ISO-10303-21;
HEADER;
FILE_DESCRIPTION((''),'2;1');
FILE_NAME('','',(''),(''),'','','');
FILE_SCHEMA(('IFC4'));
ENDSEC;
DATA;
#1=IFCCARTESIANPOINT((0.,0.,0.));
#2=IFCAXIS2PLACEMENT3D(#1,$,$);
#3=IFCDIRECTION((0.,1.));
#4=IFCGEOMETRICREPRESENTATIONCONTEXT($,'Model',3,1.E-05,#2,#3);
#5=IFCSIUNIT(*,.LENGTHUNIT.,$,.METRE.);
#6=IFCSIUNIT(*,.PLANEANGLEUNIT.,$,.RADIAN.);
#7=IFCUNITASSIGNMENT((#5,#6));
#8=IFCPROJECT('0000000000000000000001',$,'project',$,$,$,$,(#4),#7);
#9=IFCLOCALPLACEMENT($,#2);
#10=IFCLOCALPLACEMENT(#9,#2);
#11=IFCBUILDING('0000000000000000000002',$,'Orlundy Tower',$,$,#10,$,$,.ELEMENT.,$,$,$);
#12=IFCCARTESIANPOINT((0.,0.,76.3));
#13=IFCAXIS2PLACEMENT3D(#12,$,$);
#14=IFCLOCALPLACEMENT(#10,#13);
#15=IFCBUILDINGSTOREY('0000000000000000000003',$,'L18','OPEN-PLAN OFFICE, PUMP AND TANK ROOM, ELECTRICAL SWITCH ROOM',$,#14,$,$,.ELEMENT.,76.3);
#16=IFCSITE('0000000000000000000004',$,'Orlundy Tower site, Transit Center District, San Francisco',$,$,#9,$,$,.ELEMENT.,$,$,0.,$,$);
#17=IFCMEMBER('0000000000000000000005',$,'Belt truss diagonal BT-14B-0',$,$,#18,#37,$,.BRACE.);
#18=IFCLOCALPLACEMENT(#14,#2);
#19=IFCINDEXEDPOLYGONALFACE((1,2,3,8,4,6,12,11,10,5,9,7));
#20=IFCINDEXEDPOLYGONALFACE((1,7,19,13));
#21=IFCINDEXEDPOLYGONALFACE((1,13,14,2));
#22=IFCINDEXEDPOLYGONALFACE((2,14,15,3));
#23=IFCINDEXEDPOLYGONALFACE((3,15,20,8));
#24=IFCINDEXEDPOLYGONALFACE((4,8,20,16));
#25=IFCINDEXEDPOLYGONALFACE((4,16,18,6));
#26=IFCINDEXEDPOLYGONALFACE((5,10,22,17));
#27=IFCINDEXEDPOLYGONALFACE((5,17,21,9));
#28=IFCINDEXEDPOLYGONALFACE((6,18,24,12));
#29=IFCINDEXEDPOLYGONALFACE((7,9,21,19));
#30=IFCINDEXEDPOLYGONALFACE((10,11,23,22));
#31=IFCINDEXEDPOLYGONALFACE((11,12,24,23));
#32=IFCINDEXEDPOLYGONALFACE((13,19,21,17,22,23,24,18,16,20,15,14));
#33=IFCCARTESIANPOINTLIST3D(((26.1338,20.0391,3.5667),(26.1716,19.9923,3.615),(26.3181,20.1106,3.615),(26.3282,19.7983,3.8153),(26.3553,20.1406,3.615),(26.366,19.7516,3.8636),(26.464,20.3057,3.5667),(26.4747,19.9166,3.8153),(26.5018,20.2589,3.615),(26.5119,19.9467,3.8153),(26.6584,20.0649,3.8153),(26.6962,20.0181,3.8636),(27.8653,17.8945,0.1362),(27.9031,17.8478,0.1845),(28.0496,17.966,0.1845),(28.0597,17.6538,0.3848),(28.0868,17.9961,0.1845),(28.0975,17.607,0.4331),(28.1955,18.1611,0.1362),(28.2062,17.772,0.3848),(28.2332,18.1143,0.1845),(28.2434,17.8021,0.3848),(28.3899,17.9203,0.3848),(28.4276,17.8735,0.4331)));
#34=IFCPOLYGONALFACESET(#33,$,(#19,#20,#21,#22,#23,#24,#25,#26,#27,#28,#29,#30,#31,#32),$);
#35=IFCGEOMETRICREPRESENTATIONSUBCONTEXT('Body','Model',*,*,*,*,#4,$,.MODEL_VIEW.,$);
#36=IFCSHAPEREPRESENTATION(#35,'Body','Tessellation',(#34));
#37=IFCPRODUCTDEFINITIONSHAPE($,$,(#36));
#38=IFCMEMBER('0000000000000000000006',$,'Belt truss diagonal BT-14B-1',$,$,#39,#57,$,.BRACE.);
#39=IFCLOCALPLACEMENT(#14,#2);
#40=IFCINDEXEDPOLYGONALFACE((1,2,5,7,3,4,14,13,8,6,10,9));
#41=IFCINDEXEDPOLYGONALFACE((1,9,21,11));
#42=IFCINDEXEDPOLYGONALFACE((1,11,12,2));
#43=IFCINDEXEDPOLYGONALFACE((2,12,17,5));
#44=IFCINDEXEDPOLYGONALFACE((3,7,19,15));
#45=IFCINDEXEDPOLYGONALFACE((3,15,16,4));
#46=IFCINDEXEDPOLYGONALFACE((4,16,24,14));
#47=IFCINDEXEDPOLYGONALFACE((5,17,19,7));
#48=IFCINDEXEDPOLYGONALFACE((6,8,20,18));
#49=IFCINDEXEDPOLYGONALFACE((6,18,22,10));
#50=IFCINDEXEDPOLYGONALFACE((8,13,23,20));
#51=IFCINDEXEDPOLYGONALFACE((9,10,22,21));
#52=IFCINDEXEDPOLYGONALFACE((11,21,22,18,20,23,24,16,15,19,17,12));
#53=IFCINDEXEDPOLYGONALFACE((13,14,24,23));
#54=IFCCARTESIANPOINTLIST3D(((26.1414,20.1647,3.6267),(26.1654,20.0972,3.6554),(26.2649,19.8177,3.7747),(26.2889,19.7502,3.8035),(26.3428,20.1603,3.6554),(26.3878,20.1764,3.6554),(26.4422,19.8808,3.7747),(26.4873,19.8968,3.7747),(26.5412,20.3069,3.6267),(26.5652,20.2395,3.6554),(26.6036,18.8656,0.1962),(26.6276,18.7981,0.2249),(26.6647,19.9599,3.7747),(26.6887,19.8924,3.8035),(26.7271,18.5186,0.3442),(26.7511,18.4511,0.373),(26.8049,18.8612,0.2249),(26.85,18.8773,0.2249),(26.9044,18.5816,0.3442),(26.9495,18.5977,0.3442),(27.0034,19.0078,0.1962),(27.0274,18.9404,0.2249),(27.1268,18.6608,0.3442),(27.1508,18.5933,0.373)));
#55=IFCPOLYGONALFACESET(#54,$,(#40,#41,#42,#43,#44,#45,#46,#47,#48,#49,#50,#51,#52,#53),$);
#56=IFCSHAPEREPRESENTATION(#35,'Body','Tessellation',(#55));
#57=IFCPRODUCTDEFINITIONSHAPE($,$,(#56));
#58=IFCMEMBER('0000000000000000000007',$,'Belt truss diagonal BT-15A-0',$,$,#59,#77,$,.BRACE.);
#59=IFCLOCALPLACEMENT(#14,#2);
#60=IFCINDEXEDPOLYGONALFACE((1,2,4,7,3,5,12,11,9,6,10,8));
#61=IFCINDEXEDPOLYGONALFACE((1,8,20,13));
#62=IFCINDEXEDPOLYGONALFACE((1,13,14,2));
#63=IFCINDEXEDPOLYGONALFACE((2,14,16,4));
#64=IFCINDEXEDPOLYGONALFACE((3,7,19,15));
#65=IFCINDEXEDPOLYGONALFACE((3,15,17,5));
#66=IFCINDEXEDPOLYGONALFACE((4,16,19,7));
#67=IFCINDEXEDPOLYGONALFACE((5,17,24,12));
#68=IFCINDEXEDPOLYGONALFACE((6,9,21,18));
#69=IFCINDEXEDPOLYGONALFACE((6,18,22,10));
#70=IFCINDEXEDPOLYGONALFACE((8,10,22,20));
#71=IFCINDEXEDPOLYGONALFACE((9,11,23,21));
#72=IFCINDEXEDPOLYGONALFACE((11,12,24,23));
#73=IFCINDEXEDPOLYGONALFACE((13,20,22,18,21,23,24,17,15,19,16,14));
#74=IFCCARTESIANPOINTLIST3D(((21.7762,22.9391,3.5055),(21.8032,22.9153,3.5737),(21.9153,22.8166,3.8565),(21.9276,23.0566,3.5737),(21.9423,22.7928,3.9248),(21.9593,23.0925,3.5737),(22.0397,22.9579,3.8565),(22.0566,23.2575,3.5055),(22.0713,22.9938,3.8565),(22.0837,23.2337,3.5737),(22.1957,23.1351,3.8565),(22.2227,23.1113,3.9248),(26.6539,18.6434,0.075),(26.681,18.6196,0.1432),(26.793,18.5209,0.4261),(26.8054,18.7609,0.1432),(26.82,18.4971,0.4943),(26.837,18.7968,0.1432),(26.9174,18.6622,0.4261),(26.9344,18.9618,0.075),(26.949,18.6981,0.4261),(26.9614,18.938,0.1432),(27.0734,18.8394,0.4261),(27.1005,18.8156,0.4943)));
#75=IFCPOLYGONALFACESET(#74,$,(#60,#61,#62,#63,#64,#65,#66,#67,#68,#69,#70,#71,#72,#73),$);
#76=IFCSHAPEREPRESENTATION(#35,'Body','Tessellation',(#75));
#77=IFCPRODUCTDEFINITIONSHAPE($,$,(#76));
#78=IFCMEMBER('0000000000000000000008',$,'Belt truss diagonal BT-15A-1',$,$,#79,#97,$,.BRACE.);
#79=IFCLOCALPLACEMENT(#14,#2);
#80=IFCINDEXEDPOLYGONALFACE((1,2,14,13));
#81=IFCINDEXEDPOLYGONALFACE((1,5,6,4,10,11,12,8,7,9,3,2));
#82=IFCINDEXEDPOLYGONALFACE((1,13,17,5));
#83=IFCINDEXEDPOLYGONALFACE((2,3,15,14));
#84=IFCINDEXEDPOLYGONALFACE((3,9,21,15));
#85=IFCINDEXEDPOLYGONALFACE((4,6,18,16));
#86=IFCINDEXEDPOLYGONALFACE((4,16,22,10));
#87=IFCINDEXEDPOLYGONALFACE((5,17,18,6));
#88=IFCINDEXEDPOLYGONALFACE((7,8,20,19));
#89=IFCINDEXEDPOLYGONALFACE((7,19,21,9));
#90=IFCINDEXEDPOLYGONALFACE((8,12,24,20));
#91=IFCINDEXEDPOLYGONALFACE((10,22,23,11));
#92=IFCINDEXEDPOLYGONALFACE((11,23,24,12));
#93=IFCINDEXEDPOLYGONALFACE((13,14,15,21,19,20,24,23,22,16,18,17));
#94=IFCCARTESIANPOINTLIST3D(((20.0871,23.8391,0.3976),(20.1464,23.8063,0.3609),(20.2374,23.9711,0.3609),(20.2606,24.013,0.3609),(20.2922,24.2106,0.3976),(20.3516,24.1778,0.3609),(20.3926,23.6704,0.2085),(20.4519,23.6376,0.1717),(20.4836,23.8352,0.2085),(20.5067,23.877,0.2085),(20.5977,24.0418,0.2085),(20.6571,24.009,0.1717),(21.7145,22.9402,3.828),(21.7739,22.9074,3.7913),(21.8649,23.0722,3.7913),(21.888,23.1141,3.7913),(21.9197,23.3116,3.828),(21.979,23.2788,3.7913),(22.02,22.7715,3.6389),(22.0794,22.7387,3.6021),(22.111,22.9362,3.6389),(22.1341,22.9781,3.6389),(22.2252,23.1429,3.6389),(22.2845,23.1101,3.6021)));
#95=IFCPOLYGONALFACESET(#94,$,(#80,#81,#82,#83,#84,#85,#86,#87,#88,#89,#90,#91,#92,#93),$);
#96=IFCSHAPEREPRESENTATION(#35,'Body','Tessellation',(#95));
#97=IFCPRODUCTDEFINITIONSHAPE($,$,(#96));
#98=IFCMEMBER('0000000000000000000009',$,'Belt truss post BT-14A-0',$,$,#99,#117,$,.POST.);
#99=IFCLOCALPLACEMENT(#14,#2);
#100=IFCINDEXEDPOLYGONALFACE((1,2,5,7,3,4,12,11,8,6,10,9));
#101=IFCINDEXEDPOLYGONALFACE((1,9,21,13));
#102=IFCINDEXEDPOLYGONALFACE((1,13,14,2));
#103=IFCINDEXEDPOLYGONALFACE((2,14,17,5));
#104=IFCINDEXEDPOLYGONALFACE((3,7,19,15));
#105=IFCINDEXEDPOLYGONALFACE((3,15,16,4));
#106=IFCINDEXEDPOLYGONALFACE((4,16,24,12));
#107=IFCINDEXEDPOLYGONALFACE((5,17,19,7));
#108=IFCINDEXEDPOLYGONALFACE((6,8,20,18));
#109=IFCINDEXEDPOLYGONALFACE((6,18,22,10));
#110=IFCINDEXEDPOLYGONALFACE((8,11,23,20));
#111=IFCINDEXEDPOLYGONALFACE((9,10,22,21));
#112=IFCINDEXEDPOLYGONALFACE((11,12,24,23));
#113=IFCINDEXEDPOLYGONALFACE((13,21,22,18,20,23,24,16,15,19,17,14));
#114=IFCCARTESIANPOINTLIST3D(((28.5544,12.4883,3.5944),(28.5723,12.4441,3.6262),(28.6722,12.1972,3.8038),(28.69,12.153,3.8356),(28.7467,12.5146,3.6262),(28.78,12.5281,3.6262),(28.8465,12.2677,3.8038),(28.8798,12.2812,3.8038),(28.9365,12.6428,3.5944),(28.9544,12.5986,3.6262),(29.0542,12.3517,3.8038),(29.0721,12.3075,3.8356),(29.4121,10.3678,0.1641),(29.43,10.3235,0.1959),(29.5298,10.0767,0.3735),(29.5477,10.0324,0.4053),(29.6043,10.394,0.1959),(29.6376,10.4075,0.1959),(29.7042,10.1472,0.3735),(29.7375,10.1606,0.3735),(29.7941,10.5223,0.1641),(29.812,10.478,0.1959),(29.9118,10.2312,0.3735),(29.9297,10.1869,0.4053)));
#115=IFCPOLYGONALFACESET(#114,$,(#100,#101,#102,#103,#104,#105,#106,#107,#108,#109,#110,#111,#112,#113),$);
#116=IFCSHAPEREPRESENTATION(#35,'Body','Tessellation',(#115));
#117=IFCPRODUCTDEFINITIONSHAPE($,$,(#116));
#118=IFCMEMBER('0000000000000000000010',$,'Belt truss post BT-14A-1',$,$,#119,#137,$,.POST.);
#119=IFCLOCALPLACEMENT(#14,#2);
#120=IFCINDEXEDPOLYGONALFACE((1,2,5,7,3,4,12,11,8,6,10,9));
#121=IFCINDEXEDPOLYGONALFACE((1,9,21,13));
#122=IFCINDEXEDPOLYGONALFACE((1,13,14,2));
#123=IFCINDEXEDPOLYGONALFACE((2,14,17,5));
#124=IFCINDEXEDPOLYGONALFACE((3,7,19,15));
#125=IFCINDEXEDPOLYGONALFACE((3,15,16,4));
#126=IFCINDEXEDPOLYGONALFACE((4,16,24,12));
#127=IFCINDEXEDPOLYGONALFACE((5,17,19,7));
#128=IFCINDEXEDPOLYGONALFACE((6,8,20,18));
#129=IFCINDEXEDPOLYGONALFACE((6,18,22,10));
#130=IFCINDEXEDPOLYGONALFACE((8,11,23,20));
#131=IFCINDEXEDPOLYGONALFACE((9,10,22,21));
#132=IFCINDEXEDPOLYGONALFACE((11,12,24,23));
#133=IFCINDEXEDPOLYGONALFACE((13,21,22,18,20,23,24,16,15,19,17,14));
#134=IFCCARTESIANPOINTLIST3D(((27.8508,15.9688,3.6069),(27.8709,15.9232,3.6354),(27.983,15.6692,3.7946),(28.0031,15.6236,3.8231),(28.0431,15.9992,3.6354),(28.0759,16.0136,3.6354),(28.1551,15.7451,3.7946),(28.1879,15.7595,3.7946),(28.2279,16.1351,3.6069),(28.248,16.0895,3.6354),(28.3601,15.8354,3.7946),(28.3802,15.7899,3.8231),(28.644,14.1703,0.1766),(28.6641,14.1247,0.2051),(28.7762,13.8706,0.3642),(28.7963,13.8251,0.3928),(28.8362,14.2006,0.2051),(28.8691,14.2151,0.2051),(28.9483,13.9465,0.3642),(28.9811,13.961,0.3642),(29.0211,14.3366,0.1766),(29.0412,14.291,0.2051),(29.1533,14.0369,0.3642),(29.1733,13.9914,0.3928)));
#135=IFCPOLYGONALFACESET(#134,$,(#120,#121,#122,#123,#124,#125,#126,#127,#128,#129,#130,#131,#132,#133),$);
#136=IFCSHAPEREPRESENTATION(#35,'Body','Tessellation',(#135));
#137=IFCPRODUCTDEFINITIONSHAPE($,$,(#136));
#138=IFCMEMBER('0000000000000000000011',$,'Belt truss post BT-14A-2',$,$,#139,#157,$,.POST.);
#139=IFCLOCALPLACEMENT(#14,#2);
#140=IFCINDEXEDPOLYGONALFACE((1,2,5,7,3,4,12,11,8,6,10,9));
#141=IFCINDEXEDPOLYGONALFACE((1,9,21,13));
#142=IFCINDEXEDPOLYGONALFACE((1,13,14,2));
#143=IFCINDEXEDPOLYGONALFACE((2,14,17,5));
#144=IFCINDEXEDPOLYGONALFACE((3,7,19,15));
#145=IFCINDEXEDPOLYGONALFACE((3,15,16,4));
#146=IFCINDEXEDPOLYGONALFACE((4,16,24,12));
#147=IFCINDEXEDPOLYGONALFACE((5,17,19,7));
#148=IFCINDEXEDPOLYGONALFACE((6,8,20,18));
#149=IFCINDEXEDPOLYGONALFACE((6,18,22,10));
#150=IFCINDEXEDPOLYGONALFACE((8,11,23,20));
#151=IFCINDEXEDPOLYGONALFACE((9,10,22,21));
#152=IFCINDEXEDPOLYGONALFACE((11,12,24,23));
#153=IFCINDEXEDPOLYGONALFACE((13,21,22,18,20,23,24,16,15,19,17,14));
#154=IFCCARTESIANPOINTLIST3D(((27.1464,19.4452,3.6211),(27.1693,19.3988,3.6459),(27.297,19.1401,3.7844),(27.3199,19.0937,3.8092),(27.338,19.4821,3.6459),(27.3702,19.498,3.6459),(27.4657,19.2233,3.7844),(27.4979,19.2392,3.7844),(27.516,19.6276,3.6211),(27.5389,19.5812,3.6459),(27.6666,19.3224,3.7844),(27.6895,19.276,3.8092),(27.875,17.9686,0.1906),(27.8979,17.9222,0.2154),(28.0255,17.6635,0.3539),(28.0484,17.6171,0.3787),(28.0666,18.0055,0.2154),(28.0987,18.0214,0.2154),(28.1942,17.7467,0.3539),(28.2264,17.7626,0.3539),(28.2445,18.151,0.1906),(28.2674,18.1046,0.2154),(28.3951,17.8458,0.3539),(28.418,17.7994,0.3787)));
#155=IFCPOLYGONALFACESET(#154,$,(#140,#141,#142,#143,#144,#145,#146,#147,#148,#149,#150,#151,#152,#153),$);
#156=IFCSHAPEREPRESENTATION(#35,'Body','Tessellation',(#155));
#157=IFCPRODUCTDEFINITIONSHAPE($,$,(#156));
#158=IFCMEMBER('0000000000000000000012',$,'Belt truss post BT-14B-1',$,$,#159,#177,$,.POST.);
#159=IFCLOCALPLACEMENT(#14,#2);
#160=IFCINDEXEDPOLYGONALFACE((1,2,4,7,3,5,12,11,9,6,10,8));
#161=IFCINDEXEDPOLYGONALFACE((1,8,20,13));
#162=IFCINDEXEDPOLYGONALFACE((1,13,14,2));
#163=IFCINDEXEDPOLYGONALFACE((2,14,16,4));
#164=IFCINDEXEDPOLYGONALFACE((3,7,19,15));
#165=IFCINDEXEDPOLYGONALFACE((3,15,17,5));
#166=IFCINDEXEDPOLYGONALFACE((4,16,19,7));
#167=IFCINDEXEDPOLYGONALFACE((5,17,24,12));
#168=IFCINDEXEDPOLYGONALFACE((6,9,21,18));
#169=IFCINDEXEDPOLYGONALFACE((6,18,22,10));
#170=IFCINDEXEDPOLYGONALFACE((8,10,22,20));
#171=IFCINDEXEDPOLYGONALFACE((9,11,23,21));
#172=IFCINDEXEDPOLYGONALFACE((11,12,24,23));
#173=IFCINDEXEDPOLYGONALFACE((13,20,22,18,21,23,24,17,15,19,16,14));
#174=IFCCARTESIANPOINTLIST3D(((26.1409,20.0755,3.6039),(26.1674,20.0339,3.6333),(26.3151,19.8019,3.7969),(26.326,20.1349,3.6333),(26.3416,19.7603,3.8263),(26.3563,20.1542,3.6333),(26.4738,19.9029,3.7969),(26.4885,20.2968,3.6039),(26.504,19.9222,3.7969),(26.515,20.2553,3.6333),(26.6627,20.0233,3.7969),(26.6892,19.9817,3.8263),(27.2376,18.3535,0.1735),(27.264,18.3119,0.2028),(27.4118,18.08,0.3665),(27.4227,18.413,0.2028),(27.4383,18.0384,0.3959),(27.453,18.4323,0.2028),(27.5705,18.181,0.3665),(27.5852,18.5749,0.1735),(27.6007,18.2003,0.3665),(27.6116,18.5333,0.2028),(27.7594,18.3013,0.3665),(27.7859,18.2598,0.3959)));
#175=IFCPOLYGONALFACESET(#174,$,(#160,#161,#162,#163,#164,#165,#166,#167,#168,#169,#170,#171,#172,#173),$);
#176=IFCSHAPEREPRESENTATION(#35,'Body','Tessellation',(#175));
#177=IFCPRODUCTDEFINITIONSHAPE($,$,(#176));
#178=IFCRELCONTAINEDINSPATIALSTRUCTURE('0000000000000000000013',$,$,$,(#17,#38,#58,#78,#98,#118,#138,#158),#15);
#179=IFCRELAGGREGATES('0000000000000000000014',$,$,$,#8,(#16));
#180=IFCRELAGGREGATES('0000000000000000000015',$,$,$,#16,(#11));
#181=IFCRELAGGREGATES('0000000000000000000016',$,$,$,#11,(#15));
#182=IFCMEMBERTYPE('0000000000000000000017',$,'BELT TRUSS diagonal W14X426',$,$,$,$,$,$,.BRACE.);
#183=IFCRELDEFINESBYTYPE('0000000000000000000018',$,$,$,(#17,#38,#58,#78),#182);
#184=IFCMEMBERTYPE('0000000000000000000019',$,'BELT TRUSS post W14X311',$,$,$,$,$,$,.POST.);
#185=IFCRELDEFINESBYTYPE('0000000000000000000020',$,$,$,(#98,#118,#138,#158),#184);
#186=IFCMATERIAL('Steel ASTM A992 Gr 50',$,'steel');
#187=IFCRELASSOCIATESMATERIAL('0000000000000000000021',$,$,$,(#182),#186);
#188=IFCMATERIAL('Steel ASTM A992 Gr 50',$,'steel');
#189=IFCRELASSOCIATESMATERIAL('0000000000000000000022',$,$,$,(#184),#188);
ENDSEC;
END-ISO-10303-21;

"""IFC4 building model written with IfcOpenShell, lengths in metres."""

from ifc_helpers import new_model, si_unit, direction, frame, origin, origin_2d, place, context, subcontext, project, spatial, i_section, extrude, material, material_profile, profile_set, type_object, element, save


model = new_model("IFC4")

# Units and contexts
model_context = context("Model", 3, precision=1e-05, world=origin(), true_north=direction((0.0, 1.0)))
body_context = subcontext(model_context, "Body", "Model", "MODEL_VIEW")
ifc_project = project(units=[si_unit("LENGTHUNIT", "METRE"), si_unit("PLANEANGLEUNIT", "RADIAN")], contexts=[model_context])

# Site, building, storey
site_placement = place(None, origin())
site = spatial("IfcSite", under=ifc_project, at=site_placement, Name="Orlundy Tower site, Transit Center District, San Francisco", CompositionType="ELEMENT", RefElevation=0.0)
building_placement = place(site_placement, origin())
building = spatial("IfcBuilding", under=site, at=building_placement, Name="Orlundy Tower", CompositionType="ELEMENT")
storey_placement = place(building_placement, frame((0.0, 0.0, 76.3)))
storey = spatial("IfcBuildingStorey", under=building, at=storey_placement, Name="L18", Description="OPEN-PLAN OFFICE, PUMP AND TANK ROOM, ELECTRICAL SWITCH ROOM", CompositionType="ELEMENT", Elevation=76.3)

# Members
ifc_material_1 = material(Name="Steel ASTM A992 Gr 50", Category="steel")
ifc_material_profile_1 = material_profile(ifc_material_1, i_section(OverallWidth=0.4243, OverallDepth=0.4741, WebThickness=0.0479, FlangeThickness=0.0771, at=origin_2d()), Name="W14X426")
ifc_profile_set_1 = profile_set([ifc_material_profile_1], Name="Steel ASTM A992 Gr 50")
member_type_1 = type_object("IfcMemberType", Name="BELT TRUSS diagonal W14X426", PredefinedType="BRACE", material=ifc_profile_set_1)
member_1_placement = place(storey_placement, frame((28.1465, 17.884, 0.2847), z_axis=(-0.393463, 0.487334, 0.779546), x_axis=(-0.778061, -0.628189, 0.0)))
element("IfcMember", 1, at=member_1_placement, inside=storey, type_object=member_type_1, Name="Belt truss diagonal BT-14B-0", PredefinedType="BRACE", context=body_context, shape_type="SweptSolid", body=[
    extrude(i_section(OverallWidth=0.4243, OverallDepth=0.4741, WebThickness=0.0479, FlangeThickness=0.0771, at=origin_2d()), origin(), (0.0, 0.0, 1.0), 4.4006),
])
member_2_placement = place(storey_placement, frame((26.415, 20.0286, 3.7151), z_axis=(0.125004, -0.351371, -0.927854), x_axis=(0.942154, 0.335181, 0.0)))
element("IfcMember", 2, at=member_2_placement, inside=storey, type_object=member_type_1, Name="Belt truss diagonal BT-14B-1", PredefinedType="BRACE", context=body_context, shape_type="SweptSolid", body=[
    extrude(i_section(OverallWidth=0.4243, OverallDepth=0.4741, WebThickness=0.0479, FlangeThickness=0.0771, at=origin_2d()), origin(), (0.0, 0.0, 1.0), 3.6973),
])
member_3_placement = place(storey_placement, frame((26.8772, 18.7295, 0.2847), z_axis=(-0.663694, 0.584498, 0.466768), x_axis=(-0.660913, -0.750462, 0.0)))
element("IfcMember", 3, at=member_3_placement, inside=storey, type_object=member_type_1, Name="Belt truss diagonal BT-15A-0", PredefinedType="BRACE", context=body_context, shape_type="SweptSolid", body=[
    extrude(i_section(OverallWidth=0.4243, OverallDepth=0.4741, WebThickness=0.0479, FlangeThickness=0.0771, at=origin_2d()), origin(), (0.0, 0.0, 1.0), 7.3494),
])
member_4_placement = place(storey_placement, frame((21.9995, 23.0251, 3.7151), z_axis=(-0.417095, 0.230385, -0.879178), x_axis=(-0.483501, -0.875344, 0.0)))
element("IfcMember", 4, at=member_4_placement, inside=storey, type_object=member_type_1, Name="Belt truss diagonal BT-15A-1", PredefinedType="BRACE", context=body_context, shape_type="SweptSolid", body=[
    extrude(i_section(OverallWidth=0.4243, OverallDepth=0.4741, WebThickness=0.0479, FlangeThickness=0.0771, at=origin_2d()), origin(), (0.0, 0.0, 1.0), 3.9019),
])
ifc_material_2 = material(Name="Steel ASTM A992 Gr 50", Category="steel")
ifc_material_profile_2 = material_profile(ifc_material_2, i_section(OverallWidth=0.4121, OverallDepth=0.4348, WebThickness=0.0359, FlangeThickness=0.0574, at=origin_2d()), Name="W14X311")
ifc_profile_set_2 = profile_set([ifc_material_profile_2], Name="Steel ASTM A992 Gr 50")
member_type_2 = type_object("IfcMemberType", Name="BELT TRUSS post W14X311", PredefinedType="POST", material=ifc_profile_set_2)
member_5_placement = place(storey_placement, frame((29.6709, 10.2773, 0.2847), z_axis=(-0.208012, 0.514317, 0.831991), x_axis=(-0.927049, -0.374939, 0.0)))
element("IfcMember", 5, at=member_5_placement, inside=storey, type_object=member_type_2, Name="Belt truss post BT-14A-0", PredefinedType="POST", context=body_context, shape_type="SweptSolid", body=[
    extrude(i_section(OverallWidth=0.4121, OverallDepth=0.4348, WebThickness=0.0359, FlangeThickness=0.0574, at=origin_2d()), origin(), (0.0, 0.0, 1.0), 4.123),
])
member_6_placement = place(storey_placement, frame((28.9087, 14.0808, 0.2847), z_axis=(-0.200625, 0.45491, 0.867644), x_axis=(-0.91497, -0.403521, 0.0)))
element("IfcMember", 6, at=member_6_placement, inside=storey, type_object=member_type_2, Name="Belt truss post BT-14A-1", PredefinedType="POST", context=body_context, shape_type="SweptSolid", body=[
    extrude(i_section(OverallWidth=0.4121, OverallDepth=0.4348, WebThickness=0.0359, FlangeThickness=0.0574, at=origin_2d()), origin(), (0.0, 0.0, 1.0), 3.9536),
])
member_7_placement = place(storey_placement, frame((28.1465, 17.884, 0.2847), z_axis=(-0.191458, 0.388049, 0.901533), x_axis=(-0.896787, -0.442462, 0.0)))
element("IfcMember", 7, at=member_7_placement, inside=storey, type_object=member_type_2, Name="Belt truss post BT-14A-2", PredefinedType="POST", context=body_context, shape_type="SweptSolid", body=[
    extrude(i_section(OverallWidth=0.4121, OverallDepth=0.4348, WebThickness=0.0359, FlangeThickness=0.0574, at=origin_2d()), origin(), (0.0, 0.0, 1.0), 3.8052),
])
member_8_placement = place(storey_placement, frame((27.5117, 18.3066, 0.2847), z_axis=(-0.274724, 0.431351, 0.859339), x_axis=(-0.84346, -0.537193, 0.0)))
element("IfcMember", 8, at=member_8_placement, inside=storey, type_object=member_type_2, Name="Belt truss post BT-14B-1", PredefinedType="POST", context=body_context, shape_type="SweptSolid", body=[
    extrude(i_section(OverallWidth=0.4121, OverallDepth=0.4348, WebThickness=0.0359, FlangeThickness=0.0574, at=origin_2d()), origin(), (0.0, 0.0, 1.0), 3.9919),
])

save(model, "model.ifc")
